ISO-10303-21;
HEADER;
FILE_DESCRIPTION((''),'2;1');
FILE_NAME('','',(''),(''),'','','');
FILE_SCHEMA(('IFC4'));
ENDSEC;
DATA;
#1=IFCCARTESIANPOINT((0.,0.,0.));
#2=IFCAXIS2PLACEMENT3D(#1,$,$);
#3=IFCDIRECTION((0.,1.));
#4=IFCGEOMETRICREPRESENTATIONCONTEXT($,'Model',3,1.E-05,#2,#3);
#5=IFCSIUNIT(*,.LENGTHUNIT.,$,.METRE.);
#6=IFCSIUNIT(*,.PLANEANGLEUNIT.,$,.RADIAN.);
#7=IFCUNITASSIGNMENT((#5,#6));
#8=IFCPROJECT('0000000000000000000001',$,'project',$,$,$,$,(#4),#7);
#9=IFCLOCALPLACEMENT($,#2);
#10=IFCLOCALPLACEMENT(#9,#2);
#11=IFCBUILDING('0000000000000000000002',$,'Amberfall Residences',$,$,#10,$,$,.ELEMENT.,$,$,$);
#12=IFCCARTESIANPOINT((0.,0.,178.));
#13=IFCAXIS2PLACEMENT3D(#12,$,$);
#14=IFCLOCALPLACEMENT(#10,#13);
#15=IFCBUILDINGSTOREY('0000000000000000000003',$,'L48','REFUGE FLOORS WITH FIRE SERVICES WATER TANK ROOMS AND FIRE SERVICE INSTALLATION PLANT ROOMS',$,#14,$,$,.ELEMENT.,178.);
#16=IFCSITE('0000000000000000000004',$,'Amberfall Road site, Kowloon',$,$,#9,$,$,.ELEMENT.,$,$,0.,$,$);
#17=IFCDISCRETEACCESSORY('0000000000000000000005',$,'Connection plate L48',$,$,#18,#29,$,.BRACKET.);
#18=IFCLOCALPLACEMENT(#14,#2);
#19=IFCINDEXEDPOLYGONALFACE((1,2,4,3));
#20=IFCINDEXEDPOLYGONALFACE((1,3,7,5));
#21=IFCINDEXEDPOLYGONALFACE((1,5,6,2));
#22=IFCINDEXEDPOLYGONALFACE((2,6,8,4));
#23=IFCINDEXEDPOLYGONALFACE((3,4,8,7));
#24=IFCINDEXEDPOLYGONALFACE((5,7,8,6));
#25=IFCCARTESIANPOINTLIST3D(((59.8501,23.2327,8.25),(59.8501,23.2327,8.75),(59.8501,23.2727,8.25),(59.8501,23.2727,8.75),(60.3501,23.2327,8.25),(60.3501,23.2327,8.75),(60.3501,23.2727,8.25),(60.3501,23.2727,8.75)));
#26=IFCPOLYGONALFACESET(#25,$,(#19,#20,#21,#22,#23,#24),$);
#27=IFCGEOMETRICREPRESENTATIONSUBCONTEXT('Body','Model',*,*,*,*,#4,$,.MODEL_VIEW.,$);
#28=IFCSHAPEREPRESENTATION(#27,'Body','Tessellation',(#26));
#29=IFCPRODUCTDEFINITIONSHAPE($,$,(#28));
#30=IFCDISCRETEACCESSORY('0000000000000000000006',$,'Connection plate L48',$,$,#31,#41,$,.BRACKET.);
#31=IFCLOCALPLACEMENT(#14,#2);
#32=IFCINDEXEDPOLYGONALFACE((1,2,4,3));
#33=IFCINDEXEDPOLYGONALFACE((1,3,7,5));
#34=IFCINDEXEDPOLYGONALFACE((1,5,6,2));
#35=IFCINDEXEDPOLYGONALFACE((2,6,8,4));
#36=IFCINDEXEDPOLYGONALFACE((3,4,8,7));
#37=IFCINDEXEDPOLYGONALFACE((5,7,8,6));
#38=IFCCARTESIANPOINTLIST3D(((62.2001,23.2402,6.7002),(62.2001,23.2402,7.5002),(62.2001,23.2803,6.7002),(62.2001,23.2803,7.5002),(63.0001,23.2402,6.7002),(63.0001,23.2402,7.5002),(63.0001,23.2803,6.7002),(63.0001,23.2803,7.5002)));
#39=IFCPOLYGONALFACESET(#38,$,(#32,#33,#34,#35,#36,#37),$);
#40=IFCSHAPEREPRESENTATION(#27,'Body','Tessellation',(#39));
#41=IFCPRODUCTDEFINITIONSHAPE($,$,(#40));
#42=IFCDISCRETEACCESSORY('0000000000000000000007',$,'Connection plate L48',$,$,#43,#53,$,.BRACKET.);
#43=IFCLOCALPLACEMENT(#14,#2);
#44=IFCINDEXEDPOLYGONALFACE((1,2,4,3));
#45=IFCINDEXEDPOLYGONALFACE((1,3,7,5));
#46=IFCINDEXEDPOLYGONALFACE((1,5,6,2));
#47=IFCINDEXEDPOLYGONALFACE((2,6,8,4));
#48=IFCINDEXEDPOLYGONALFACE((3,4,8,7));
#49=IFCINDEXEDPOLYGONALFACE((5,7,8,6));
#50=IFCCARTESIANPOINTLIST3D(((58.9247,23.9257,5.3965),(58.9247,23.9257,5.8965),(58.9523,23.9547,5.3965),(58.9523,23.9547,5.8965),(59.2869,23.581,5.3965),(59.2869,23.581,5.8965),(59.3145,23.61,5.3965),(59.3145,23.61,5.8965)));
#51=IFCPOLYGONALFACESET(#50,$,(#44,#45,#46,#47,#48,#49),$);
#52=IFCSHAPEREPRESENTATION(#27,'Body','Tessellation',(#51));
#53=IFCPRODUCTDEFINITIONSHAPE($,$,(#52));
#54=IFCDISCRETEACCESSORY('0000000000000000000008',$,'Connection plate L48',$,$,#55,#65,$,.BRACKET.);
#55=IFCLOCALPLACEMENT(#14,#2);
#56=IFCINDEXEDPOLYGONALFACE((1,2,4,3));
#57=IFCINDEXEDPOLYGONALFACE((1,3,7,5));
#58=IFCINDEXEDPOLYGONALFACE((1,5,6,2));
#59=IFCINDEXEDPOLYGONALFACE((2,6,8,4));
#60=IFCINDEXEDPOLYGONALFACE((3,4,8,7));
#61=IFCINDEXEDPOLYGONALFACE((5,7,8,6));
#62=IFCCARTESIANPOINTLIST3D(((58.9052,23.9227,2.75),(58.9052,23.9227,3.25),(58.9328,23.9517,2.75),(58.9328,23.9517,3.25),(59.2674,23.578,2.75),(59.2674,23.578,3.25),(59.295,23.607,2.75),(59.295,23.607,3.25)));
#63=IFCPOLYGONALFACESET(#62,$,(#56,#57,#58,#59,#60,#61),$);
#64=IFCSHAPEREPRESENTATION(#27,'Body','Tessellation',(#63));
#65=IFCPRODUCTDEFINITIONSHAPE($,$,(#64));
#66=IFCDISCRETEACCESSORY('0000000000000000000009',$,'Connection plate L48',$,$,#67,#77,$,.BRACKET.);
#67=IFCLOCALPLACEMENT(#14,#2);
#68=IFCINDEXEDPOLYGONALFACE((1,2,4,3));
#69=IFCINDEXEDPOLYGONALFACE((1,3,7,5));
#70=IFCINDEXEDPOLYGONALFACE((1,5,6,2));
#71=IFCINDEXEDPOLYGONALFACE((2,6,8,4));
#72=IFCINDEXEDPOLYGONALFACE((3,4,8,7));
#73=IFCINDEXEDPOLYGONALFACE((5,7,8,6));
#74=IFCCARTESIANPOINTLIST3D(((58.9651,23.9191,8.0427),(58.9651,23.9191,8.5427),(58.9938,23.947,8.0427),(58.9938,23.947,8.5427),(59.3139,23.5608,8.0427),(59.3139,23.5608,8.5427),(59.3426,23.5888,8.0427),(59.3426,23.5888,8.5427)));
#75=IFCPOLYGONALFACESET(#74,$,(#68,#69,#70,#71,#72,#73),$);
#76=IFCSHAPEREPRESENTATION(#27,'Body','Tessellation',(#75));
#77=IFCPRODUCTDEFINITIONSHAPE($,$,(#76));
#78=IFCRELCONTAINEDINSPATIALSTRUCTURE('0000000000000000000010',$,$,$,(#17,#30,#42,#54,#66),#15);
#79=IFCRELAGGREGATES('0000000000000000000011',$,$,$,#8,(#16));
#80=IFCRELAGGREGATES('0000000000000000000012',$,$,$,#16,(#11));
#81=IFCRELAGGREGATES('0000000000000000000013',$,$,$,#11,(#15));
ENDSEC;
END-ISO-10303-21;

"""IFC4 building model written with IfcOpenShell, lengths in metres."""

from ifc_helpers import new_model, si_unit, direction, frame, origin, origin_2d, place, context, subcontext, project, spatial, rectangle, extrude, element, save


model = new_model("IFC4")

# Units and contexts
model_context = context("Model", 3, precision=1e-05, world=origin(), true_north=direction((0.0, 1.0)))
body_context = subcontext(model_context, "Body", "Model", "MODEL_VIEW")
ifc_project = project(units=[si_unit("LENGTHUNIT", "METRE"), si_unit("PLANEANGLEUNIT", "RADIAN")], contexts=[model_context])

# Site, building, storey
site_placement = place(None, origin())
site = spatial("IfcSite", under=ifc_project, at=site_placement, Name="Amberfall Road site, Kowloon", CompositionType="ELEMENT", RefElevation=0.0)
building_placement = place(site_placement, origin())
building = spatial("IfcBuilding", under=site, at=building_placement, Name="Amberfall Residences", CompositionType="ELEMENT")
storey_placement = place(building_placement, frame((0.0, 0.0, 178.0)))
storey = spatial("IfcBuildingStorey", under=building, at=storey_placement, Name="L48", Description="REFUGE FLOORS WITH FIRE SERVICES WATER TANK ROOMS AND FIRE SERVICE INSTALLATION PLANT ROOMS", CompositionType="ELEMENT", Elevation=178.0)

# Discrete accessories
for number, where, z_axis, x_axis, name in (
    (1, (60.1001, 23.2527, 8.25), (0.0, 0.0, 1.0), (1.0, 0.0, 0.0), "Connection plate L48"),
):
    element("IfcDiscreteAccessory", number, at=place(storey_placement, frame(where, z_axis=z_axis, x_axis=x_axis)), inside=storey, Name=name, PredefinedType="BRACKET", context=body_context, shape_type="SweptSolid", body=[
        extrude(rectangle(XDim=0.5, YDim=0.04, at=origin_2d()), origin(), (0.0, 0.0, 1.0), 0.5),
    ])
discrete_accessory_1_placement = place(storey_placement, frame((62.6001, 23.2603, 6.7002), z_axis=(0.0, 0.0, 1.0), x_axis=(1.0, 0.0, 0.0)))
element("IfcDiscreteAccessory", 2, at=discrete_accessory_1_placement, inside=storey, Name="Connection plate L48", PredefinedType="BRACKET", context=body_context, shape_type="SweptSolid", body=[
    extrude(rectangle(XDim=0.8, YDim=0.04, at=origin_2d()), origin(), (0.0, 0.0, 1.0), 0.8),
])
for number, where, z_axis, x_axis, name in (
    (3, (59.1196, 23.7678, 5.3965), (0.0, 0.0, 1.0), (0.724364, -0.689417, 0.0), "Connection plate L48"),
    (4, (59.1001, 23.7649, 2.75), (0.0, 0.0, 1.0), (0.724364, -0.689417, 0.0), "Connection plate L48"),
    (5, (59.1538, 23.7539, 8.0427), (0.0, 0.0, 1.0), (0.697603, -0.716485, 0.0), "Connection plate L48"),
):
    element("IfcDiscreteAccessory", number, at=place(storey_placement, frame(where, z_axis=z_axis, x_axis=x_axis)), inside=storey, Name=name, PredefinedType="BRACKET", context=body_context, shape_type="SweptSolid", body=[
        extrude(rectangle(XDim=0.5, YDim=0.04, at=origin_2d()), origin(), (0.0, 0.0, 1.0), 0.5),
    ])

save(model, "model.ifc")
